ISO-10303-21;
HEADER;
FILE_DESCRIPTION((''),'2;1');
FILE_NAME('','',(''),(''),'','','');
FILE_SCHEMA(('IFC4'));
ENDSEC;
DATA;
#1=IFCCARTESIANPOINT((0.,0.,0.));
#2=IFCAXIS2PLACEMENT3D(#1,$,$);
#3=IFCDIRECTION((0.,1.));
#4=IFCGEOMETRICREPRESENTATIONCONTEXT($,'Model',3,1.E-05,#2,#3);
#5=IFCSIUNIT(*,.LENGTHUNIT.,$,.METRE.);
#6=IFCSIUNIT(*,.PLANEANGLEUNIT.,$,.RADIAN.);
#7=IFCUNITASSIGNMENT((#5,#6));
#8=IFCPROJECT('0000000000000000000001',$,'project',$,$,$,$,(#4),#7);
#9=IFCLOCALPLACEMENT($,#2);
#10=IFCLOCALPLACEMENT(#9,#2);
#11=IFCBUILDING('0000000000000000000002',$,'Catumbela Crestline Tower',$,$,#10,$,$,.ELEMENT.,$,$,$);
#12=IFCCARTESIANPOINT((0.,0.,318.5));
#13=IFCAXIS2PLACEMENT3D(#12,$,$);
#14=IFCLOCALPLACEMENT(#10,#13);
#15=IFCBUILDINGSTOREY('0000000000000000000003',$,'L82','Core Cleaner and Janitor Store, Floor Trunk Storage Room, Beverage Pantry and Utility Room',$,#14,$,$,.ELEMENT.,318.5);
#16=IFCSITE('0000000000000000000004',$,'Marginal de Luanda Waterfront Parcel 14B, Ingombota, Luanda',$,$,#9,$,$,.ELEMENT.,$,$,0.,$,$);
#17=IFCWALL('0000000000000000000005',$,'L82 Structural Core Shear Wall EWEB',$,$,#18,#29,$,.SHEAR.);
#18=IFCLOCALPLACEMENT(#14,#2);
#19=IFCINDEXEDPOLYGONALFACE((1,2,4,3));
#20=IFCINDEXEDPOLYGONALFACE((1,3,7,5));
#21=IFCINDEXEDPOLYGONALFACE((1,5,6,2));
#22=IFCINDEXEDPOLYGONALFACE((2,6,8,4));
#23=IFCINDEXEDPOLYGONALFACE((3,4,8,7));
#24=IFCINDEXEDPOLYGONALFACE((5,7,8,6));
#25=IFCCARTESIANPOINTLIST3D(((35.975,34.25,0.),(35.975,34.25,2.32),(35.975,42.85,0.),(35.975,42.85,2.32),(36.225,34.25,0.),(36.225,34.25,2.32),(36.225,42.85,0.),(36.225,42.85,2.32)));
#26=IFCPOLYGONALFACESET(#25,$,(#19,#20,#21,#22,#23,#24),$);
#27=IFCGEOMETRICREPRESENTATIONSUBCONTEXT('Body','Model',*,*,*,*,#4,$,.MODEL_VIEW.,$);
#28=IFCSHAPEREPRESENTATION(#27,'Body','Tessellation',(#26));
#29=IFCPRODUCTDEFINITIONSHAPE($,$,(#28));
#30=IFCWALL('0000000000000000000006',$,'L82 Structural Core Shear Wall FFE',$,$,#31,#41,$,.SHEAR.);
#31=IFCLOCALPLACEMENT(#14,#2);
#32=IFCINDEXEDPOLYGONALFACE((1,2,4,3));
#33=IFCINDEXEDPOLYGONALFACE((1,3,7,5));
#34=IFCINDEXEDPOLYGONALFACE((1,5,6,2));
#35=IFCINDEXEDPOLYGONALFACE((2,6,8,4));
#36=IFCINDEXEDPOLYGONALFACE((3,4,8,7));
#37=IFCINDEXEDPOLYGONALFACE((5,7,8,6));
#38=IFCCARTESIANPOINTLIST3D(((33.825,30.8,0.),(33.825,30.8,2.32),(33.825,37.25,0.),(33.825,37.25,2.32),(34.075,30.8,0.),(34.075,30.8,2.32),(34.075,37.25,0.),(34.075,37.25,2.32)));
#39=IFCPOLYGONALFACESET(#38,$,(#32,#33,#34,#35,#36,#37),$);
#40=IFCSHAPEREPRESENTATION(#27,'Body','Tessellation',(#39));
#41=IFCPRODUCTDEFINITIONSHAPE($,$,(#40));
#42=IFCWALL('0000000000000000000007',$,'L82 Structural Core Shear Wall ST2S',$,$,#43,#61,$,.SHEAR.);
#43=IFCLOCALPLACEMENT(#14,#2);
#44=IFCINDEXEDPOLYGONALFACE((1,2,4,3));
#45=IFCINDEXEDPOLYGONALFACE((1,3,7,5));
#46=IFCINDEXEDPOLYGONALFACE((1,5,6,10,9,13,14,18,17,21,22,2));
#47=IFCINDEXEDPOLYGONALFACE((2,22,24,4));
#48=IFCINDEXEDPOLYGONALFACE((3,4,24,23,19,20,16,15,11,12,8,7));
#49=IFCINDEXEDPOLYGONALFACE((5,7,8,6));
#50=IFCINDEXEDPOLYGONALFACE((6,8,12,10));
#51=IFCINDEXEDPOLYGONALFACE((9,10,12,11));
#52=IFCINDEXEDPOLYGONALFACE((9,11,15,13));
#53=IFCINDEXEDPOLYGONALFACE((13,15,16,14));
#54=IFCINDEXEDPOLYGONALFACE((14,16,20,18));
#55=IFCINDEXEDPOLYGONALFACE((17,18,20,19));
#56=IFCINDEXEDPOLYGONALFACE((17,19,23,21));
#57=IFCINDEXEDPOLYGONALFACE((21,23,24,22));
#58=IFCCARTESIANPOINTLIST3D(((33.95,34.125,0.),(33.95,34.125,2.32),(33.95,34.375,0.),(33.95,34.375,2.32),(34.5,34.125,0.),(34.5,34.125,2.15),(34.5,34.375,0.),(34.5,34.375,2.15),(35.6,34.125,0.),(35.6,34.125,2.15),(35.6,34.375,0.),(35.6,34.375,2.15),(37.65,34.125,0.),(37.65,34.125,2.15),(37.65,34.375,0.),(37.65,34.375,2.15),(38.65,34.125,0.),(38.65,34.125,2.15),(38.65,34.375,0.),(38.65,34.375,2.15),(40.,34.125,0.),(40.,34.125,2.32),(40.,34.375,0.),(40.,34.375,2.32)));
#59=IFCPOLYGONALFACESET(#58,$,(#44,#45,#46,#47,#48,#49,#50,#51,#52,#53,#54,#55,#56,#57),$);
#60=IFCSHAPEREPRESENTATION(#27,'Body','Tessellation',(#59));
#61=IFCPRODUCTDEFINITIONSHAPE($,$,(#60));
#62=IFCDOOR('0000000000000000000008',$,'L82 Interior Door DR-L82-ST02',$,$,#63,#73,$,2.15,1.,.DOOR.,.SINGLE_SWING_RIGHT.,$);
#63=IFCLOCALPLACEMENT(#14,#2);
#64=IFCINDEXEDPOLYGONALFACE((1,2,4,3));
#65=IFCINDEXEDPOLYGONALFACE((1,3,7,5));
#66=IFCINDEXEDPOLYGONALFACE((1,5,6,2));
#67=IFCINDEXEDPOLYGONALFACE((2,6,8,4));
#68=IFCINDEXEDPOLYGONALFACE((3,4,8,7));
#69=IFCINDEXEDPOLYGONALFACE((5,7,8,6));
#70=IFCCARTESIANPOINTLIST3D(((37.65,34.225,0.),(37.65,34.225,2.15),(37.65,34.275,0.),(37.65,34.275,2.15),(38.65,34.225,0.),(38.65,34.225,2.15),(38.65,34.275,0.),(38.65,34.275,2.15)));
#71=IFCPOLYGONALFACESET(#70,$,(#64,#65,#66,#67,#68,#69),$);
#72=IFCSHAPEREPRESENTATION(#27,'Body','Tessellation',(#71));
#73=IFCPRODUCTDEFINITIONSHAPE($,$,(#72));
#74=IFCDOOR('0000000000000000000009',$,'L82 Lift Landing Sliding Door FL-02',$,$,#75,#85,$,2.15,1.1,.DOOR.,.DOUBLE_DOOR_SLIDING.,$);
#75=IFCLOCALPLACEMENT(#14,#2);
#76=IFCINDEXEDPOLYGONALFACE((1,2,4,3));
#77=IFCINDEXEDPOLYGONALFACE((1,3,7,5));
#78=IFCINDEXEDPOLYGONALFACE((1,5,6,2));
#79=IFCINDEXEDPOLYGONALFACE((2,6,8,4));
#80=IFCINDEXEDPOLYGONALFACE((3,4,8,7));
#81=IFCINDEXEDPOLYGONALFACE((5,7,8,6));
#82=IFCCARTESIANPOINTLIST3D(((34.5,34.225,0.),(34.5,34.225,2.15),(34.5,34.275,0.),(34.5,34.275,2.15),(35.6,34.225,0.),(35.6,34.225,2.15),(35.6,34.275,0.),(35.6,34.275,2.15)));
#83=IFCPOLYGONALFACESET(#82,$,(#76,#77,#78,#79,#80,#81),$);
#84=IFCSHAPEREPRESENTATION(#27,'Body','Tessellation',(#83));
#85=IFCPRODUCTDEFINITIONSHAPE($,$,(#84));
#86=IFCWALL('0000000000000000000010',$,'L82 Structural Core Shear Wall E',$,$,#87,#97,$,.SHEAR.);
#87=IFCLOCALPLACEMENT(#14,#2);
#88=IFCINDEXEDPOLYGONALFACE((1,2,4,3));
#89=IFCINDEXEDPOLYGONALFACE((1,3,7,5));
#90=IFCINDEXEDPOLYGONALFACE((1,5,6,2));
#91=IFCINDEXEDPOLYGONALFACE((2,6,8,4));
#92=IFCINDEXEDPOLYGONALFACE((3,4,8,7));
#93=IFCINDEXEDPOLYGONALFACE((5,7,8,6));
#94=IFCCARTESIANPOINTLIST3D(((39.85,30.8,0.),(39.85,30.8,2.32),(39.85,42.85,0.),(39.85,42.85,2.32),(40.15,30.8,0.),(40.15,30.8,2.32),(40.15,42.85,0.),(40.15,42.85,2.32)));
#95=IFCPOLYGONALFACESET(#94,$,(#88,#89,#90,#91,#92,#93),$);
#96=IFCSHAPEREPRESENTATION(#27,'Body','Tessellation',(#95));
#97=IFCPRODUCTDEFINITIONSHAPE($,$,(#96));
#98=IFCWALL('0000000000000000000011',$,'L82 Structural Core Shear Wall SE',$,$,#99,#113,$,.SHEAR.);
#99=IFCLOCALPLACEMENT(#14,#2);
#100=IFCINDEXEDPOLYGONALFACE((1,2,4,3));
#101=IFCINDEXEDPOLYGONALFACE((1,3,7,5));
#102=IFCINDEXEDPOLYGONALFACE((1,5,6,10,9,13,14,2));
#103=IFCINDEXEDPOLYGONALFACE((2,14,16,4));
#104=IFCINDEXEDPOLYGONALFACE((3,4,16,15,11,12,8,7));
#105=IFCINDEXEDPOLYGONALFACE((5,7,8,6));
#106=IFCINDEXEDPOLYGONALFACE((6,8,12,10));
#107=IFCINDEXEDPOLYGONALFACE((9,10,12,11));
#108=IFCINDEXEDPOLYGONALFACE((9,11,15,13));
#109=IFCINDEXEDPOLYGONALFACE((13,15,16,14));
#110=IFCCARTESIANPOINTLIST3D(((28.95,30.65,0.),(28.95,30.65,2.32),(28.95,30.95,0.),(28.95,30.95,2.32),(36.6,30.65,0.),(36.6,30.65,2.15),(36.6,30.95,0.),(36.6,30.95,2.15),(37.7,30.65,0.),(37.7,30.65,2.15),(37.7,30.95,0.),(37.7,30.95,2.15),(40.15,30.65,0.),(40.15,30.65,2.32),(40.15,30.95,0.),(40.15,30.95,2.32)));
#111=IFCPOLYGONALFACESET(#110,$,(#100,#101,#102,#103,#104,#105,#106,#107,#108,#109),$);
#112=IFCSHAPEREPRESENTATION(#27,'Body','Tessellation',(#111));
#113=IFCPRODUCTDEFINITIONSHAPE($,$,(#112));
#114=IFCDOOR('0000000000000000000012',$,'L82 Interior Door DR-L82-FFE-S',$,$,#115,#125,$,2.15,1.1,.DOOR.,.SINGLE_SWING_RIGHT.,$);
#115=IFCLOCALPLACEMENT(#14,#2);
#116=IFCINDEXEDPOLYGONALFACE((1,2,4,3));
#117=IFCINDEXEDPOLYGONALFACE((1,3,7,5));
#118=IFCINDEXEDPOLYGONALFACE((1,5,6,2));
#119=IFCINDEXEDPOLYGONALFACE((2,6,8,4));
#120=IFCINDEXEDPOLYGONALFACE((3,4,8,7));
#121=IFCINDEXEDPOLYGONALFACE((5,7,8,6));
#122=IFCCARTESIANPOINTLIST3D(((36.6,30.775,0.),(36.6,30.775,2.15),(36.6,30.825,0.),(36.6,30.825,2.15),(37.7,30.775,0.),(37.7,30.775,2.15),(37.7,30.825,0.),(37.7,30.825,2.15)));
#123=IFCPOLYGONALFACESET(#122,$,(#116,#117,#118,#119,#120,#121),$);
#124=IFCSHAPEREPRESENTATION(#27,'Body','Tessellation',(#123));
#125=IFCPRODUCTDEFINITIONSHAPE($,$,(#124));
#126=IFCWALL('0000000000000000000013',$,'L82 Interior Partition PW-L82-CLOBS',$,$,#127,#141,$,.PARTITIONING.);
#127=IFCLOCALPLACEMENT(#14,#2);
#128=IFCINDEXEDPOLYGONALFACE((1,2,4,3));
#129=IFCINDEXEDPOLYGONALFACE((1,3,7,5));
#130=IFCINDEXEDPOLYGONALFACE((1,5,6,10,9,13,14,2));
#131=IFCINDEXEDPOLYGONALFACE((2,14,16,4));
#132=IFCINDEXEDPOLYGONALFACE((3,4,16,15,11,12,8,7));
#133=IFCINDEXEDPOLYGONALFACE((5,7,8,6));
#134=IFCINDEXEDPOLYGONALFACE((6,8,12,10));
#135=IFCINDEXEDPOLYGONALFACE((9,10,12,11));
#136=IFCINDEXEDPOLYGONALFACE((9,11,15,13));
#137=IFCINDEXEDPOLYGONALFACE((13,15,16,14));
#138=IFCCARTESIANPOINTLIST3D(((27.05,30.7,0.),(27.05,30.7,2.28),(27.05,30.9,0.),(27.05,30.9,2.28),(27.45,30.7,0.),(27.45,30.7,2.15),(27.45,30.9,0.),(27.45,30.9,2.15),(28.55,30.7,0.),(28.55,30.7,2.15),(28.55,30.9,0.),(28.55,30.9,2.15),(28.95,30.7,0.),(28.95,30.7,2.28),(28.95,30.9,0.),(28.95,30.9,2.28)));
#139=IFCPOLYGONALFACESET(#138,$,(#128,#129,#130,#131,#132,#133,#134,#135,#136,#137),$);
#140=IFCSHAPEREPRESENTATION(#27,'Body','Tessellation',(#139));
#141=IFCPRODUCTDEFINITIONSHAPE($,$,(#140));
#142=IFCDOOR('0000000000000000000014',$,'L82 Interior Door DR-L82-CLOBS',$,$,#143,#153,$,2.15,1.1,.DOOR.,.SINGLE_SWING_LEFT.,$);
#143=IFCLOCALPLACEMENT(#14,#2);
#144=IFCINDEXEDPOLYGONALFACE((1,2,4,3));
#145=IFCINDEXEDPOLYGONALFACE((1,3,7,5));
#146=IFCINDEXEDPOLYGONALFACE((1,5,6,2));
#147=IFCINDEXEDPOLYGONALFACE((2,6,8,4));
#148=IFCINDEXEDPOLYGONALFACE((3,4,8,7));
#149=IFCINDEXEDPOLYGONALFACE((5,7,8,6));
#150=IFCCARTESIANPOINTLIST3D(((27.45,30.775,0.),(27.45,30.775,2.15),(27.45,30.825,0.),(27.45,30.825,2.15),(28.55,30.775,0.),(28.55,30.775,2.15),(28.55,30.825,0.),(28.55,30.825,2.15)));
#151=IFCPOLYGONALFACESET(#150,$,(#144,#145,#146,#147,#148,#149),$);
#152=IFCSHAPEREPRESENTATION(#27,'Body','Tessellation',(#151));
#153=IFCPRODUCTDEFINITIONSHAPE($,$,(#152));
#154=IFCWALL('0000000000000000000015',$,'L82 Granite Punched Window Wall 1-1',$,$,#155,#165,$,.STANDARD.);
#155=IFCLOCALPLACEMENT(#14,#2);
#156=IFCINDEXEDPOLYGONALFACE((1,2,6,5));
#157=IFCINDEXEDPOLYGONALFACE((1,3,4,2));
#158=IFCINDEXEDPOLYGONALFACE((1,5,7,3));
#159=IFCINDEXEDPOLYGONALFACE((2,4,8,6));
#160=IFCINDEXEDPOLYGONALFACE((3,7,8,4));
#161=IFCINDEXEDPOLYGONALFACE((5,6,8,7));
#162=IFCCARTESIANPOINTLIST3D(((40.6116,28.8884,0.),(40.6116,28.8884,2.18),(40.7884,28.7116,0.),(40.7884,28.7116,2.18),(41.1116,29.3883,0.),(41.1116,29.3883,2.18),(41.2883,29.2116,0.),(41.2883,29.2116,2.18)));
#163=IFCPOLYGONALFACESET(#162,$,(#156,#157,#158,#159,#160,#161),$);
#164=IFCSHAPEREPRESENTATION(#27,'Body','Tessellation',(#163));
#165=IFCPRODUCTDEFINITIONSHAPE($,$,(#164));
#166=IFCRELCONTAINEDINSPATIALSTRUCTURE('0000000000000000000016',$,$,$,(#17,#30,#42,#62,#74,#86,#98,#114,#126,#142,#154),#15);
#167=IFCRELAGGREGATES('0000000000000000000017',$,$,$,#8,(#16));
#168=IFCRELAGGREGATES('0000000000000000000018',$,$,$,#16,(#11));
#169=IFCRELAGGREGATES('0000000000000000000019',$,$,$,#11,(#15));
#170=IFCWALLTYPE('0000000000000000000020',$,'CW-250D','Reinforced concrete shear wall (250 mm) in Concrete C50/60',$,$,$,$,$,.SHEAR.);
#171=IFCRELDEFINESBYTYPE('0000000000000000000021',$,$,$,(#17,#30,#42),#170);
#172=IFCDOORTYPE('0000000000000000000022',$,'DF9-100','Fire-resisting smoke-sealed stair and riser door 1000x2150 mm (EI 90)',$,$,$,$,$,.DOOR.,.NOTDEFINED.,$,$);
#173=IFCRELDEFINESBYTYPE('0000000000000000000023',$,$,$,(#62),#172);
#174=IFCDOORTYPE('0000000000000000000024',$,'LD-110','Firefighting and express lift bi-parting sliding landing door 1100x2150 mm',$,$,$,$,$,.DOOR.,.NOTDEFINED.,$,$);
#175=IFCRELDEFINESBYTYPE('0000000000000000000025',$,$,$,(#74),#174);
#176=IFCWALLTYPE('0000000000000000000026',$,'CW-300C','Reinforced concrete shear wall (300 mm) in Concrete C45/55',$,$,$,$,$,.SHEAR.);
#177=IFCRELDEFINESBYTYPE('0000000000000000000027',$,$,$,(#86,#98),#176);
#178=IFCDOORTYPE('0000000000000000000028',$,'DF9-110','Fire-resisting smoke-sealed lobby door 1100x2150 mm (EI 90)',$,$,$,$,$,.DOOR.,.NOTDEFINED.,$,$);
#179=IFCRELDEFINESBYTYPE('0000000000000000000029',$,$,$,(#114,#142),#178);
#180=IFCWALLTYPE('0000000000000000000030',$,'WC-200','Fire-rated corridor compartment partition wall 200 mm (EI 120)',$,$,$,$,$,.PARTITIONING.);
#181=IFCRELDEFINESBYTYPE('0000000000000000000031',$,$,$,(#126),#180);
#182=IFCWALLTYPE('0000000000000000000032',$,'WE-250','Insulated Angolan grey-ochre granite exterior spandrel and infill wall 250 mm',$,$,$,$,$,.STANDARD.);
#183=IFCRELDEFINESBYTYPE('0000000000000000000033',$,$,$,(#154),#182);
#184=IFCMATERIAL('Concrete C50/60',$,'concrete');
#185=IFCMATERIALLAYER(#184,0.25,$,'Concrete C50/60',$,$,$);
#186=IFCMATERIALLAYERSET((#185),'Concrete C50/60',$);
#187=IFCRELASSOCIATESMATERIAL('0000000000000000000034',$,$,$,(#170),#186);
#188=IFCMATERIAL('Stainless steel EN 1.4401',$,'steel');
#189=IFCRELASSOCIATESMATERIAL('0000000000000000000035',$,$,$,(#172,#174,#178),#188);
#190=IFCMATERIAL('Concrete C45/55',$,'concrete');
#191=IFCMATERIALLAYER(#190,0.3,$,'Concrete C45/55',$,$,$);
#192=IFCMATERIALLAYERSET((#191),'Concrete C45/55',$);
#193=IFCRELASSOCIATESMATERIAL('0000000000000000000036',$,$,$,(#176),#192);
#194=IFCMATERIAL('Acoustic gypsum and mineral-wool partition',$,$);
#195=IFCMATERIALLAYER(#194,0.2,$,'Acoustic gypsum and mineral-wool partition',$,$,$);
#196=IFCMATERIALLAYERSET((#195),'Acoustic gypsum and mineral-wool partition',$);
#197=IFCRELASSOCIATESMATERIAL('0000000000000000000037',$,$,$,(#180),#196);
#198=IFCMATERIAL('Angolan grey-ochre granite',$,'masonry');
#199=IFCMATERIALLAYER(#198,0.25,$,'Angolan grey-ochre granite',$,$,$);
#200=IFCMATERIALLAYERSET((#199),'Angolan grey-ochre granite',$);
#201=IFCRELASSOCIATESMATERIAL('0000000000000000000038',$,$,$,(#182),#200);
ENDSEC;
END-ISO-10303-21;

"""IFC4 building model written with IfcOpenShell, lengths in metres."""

from ifc_helpers import new_model, si_unit, direction, frame, frame_2d, origin, place, context, subcontext, project, spatial, rectangle, extrude, material, layer, layer_set, type_object, element, fill, save


model = new_model("IFC4")

# Units and contexts
model_context = context("Model", 3, precision=1e-05, world=origin(), true_north=direction((0.0, 1.0)))
body_context = subcontext(model_context, "Body", "Model", "MODEL_VIEW")
ifc_project = project(units=[si_unit("LENGTHUNIT", "METRE"), si_unit("PLANEANGLEUNIT", "RADIAN")], contexts=[model_context])

# Site, building, storey
site_placement = place(None, origin())
site = spatial("IfcSite", under=ifc_project, at=site_placement, Name="Marginal de Luanda Waterfront Parcel 14B, Ingombota, Luanda", CompositionType="ELEMENT", RefElevation=0.0)
building_placement = place(site_placement, origin())
building = spatial("IfcBuilding", under=site, at=building_placement, Name="Catumbela Crestline Tower", CompositionType="ELEMENT")
storey_placement = place(building_placement, frame((0.0, 0.0, 318.5)))
storey = spatial("IfcBuildingStorey", under=building, at=storey_placement, Name="L82", Description="Core Cleaner and Janitor Store, Floor Trunk Storage Room, Beverage Pantry and Utility Room", CompositionType="ELEMENT", Elevation=318.5)

# Walls
ifc_material_1 = material(Name="Concrete C50/60", Category="concrete")
ifc_layer_1 = layer(ifc_material_1, 0.25, Name="Concrete C50/60")
ifc_layer_set_1 = layer_set([ifc_layer_1], Name="Concrete C50/60")
wall_type_1 = type_object("IfcWallType", Name="CW-250D", Description="Reinforced concrete shear wall (250 mm) in Concrete C50/60", PredefinedType="SHEAR", material=ifc_layer_set_1)
wall_1_placement = place(storey_placement, frame((36.1, 34.25, 0.0), z_axis=(0.0, 0.0, 1.0), x_axis=(0.0, 1.0, 0.0)))
element("IfcWall", 1, at=wall_1_placement, inside=storey, type_object=wall_type_1, Name="L82 Structural Core Shear Wall EWEB", PredefinedType="SHEAR", context=body_context, shape_type="SweptSolid", body=[
    extrude(rectangle(XDim=8.6, YDim=0.25, at=frame_2d((4.3, 0.0))), origin(), (0.0, 0.0, 1.0), 2.32),
])
wall_2_placement = place(storey_placement, frame((33.95, 30.8, 0.0), z_axis=(0.0, 0.0, 1.0), x_axis=(0.0, 1.0, 0.0)))
element("IfcWall", 2, at=wall_2_placement, inside=storey, type_object=wall_type_1, Name="L82 Structural Core Shear Wall FFE", PredefinedType="SHEAR", context=body_context, shape_type="SweptSolid", body=[
    extrude(rectangle(XDim=6.45, YDim=0.25, at=frame_2d((3.225, 0.0))), origin(), (0.0, 0.0, 1.0), 2.32),
])

# Wall, openings, doors
wall_3_placement = place(storey_placement, frame((33.95, 34.25, 0.0), z_axis=(0.0, 0.0, 1.0), x_axis=(1.0, 0.0, 0.0)))
wall_3 = element("IfcWall", 3, at=wall_3_placement, inside=storey, type_object=wall_type_1, Name="L82 Structural Core Shear Wall ST2S", PredefinedType="SHEAR", context=body_context, shape_type="SweptSolid", body=[
    extrude(rectangle(XDim=6.05, YDim=0.25, at=frame_2d((3.025, 0.0))), origin(), (0.0, 0.0, 1.0), 2.32),
])
opening_1_placement = place(wall_3_placement, frame((3.7, 0.0, 0.0)))
opening_1 = element("IfcOpeningElement", 4, at=opening_1_placement, cuts=wall_3, PredefinedType="OPENING", context=body_context, shape_type="SweptSolid", body=[
    extrude(rectangle(XDim=1.0, YDim=2.15, at=frame_2d((0.5, 1.075))), frame((0.0, 0.135, 0.0), z_axis=(0.0, -1.0, 0.0), x_axis=(1.0, 0.0, 0.0)), (0.0, 0.0, 1.0), 0.27),
])
opening_2_placement = place(wall_3_placement, frame((0.55, 0.0, 0.0)))
opening_2 = element("IfcOpeningElement", 5, at=opening_2_placement, cuts=wall_3, PredefinedType="OPENING", context=body_context, shape_type="SweptSolid", body=[
    extrude(rectangle(XDim=1.1, YDim=2.15, at=frame_2d((0.55, 1.075))), frame((0.0, 0.135, 0.0), z_axis=(0.0, -1.0, 0.0), x_axis=(1.0, 0.0, 0.0)), (0.0, 0.0, 1.0), 0.27),
])
ifc_material_2 = material(Name="Stainless steel EN 1.4401", Category="steel")
door_type_1 = type_object("IfcDoorType", Name="DF9-100", Description="Fire-resisting smoke-sealed stair and riser door 1000x2150 mm (EI 90)", OperationType="NOTDEFINED", PredefinedType="DOOR", material=ifc_material_2)
door_1_placement = place(opening_1_placement, origin())
door_1 = element("IfcDoor", 6, at=door_1_placement, inside=storey, type_object=door_type_1, Name="L82 Interior Door DR-L82-ST02", OperationType="SINGLE_SWING_RIGHT", OverallHeight=2.15, OverallWidth=1.0, PredefinedType="DOOR", context=body_context, shape_type="SweptSolid", body=[
    extrude(rectangle(XDim=1.0, YDim=2.15, at=frame_2d((0.5, 1.075))), frame((0.0, 0.025, 0.0), z_axis=(0.0, -1.0, 0.0), x_axis=(1.0, 0.0, 0.0)), (0.0, 0.0, 1.0), 0.05),
])
fill(opening_1, door_1)
door_type_2 = type_object("IfcDoorType", Name="LD-110", Description="Firefighting and express lift bi-parting sliding landing door 1100x2150 mm", OperationType="NOTDEFINED", PredefinedType="DOOR", material=ifc_material_2)
door_2_placement = place(opening_2_placement, origin())
door_2 = element("IfcDoor", 7, at=door_2_placement, inside=storey, type_object=door_type_2, Name="L82 Lift Landing Sliding Door FL-02", OperationType="DOUBLE_DOOR_SLIDING", OverallHeight=2.15, OverallWidth=1.1, PredefinedType="DOOR", context=body_context, shape_type="SweptSolid", body=[
    extrude(rectangle(XDim=1.1, YDim=2.15, at=frame_2d((0.55, 1.075))), frame((0.0, 0.025, 0.0), z_axis=(0.0, -1.0, 0.0), x_axis=(1.0, 0.0, 0.0)), (0.0, 0.0, 1.0), 0.05),
])
fill(opening_2, door_2)

# Wall
ifc_material_3 = material(Name="Concrete C45/55", Category="concrete")
ifc_layer_2 = layer(ifc_material_3, 0.3, Name="Concrete C45/55")
ifc_layer_set_2 = layer_set([ifc_layer_2], Name="Concrete C45/55")
wall_type_2 = type_object("IfcWallType", Name="CW-300C", Description="Reinforced concrete shear wall (300 mm) in Concrete C45/55", PredefinedType="SHEAR", material=ifc_layer_set_2)
wall_4_placement = place(storey_placement, frame((40.0, 30.8, 0.0), z_axis=(0.0, 0.0, 1.0), x_axis=(0.0, 1.0, 0.0)))
element("IfcWall", 8, at=wall_4_placement, inside=storey, type_object=wall_type_2, Name="L82 Structural Core Shear Wall E", PredefinedType="SHEAR", context=body_context, shape_type="SweptSolid", body=[
    extrude(rectangle(XDim=12.05, YDim=0.3, at=frame_2d((6.025, 0.0))), origin(), (0.0, 0.0, 1.0), 2.32),
])

# Walls, openings, doors
wall_5_placement = place(storey_placement, frame((28.95, 30.8, 0.0), z_axis=(0.0, 0.0, 1.0), x_axis=(1.0, 0.0, 0.0)))
wall_5 = element("IfcWall", 9, at=wall_5_placement, inside=storey, type_object=wall_type_2, Name="L82 Structural Core Shear Wall SE", PredefinedType="SHEAR", context=body_context, shape_type="SweptSolid", body=[
    extrude(rectangle(XDim=11.2, YDim=0.3, at=frame_2d((5.6, 0.0))), origin(), (0.0, 0.0, 1.0), 2.32),
])
opening_3_placement = place(wall_5_placement, frame((7.65, 0.0, 0.0)))
opening_3 = element("IfcOpeningElement", 10, at=opening_3_placement, cuts=wall_5, PredefinedType="OPENING", context=body_context, shape_type="SweptSolid", body=[
    extrude(rectangle(XDim=1.1, YDim=2.15, at=frame_2d((0.55, 1.075))), frame((0.0, 0.16, 0.0), z_axis=(0.0, -1.0, 0.0), x_axis=(1.0, 0.0, 0.0)), (0.0, 0.0, 1.0), 0.32),
])
door_type_3 = type_object("IfcDoorType", Name="DF9-110", Description="Fire-resisting smoke-sealed lobby door 1100x2150 mm (EI 90)", OperationType="NOTDEFINED", PredefinedType="DOOR", material=ifc_material_2)
door_3_placement = place(opening_3_placement, origin())
door_3 = element("IfcDoor", 11, at=door_3_placement, inside=storey, type_object=door_type_3, Name="L82 Interior Door DR-L82-FFE-S", OperationType="SINGLE_SWING_RIGHT", OverallHeight=2.15, OverallWidth=1.1, PredefinedType="DOOR", context=body_context, shape_type="SweptSolid", body=[
    extrude(rectangle(XDim=1.1, YDim=2.15, at=frame_2d((0.55, 1.075))), frame((0.0, 0.025, 0.0), z_axis=(0.0, -1.0, 0.0), x_axis=(1.0, 0.0, 0.0)), (0.0, 0.0, 1.0), 0.05),
])
fill(opening_3, door_3)
ifc_material_4 = material(Name="Acoustic gypsum and mineral-wool partition")
ifc_layer_3 = layer(ifc_material_4, 0.2, Name="Acoustic gypsum and mineral-wool partition")
ifc_layer_set_3 = layer_set([ifc_layer_3], Name="Acoustic gypsum and mineral-wool partition")
wall_type_3 = type_object("IfcWallType", Name="WC-200", Description="Fire-rated corridor compartment partition wall 200 mm (EI 120)", PredefinedType="PARTITIONING", material=ifc_layer_set_3)
wall_6_placement = place(storey_placement, frame((27.05, 30.8, 0.0), z_axis=(0.0, 0.0, 1.0), x_axis=(1.0, 0.0, 0.0)))
wall_6 = element("IfcWall", 12, at=wall_6_placement, inside=storey, type_object=wall_type_3, Name="L82 Interior Partition PW-L82-CLOBS", PredefinedType="PARTITIONING", context=body_context, shape_type="SweptSolid", body=[
    extrude(rectangle(XDim=1.9, YDim=0.2, at=frame_2d((0.95, 0.0))), origin(), (0.0, 0.0, 1.0), 2.28),
])
opening_4_placement = place(wall_6_placement, frame((0.4, 0.0, 0.0)))
opening_4 = element("IfcOpeningElement", 13, at=opening_4_placement, cuts=wall_6, PredefinedType="OPENING", context=body_context, shape_type="SweptSolid", body=[
    extrude(rectangle(XDim=1.1, YDim=2.15, at=frame_2d((0.55, 1.075))), frame((0.0, 0.11, 0.0), z_axis=(0.0, -1.0, 0.0), x_axis=(1.0, 0.0, 0.0)), (0.0, 0.0, 1.0), 0.22),
])
door_4_placement = place(opening_4_placement, origin())
door_4 = element("IfcDoor", 14, at=door_4_placement, inside=storey, type_object=door_type_3, Name="L82 Interior Door DR-L82-CLOBS", OperationType="SINGLE_SWING_LEFT", OverallHeight=2.15, OverallWidth=1.1, PredefinedType="DOOR", context=body_context, shape_type="SweptSolid", body=[
    extrude(rectangle(XDim=1.1, YDim=2.15, at=frame_2d((0.55, 1.075))), frame((0.0, 0.025, 0.0), z_axis=(0.0, -1.0, 0.0), x_axis=(1.0, 0.0, 0.0)), (0.0, 0.0, 1.0), 0.05),
])
fill(opening_4, door_4)

# Wall
ifc_material_5 = material(Name="Angolan grey-ochre granite", Category="masonry")
ifc_layer_4 = layer(ifc_material_5, 0.25, Name="Angolan grey-ochre granite")
ifc_layer_set_4 = layer_set([ifc_layer_4], Name="Angolan grey-ochre granite")
wall_type_4 = type_object("IfcWallType", Name="WE-250", Description="Insulated Angolan grey-ochre granite exterior spandrel and infill wall 250 mm", PredefinedType="STANDARD", material=ifc_layer_set_4)
wall_7_placement = place(storey_placement, frame((40.7, 28.8, 0.0), z_axis=(0.0, 0.0, 1.0), x_axis=(0.707107, 0.707107, 0.0)))
element("IfcWall", 15, at=wall_7_placement, inside=storey, type_object=wall_type_4, Name="L82 Granite Punched Window Wall 1-1", PredefinedType="STANDARD", context=body_context, shape_type="SweptSolid", body=[
    extrude(rectangle(XDim=0.7071, YDim=0.25, at=frame_2d((0.3535, 0.0))), origin(), (0.0, 0.0, 1.0), 2.18),
])

save(model, "model.ifc")
